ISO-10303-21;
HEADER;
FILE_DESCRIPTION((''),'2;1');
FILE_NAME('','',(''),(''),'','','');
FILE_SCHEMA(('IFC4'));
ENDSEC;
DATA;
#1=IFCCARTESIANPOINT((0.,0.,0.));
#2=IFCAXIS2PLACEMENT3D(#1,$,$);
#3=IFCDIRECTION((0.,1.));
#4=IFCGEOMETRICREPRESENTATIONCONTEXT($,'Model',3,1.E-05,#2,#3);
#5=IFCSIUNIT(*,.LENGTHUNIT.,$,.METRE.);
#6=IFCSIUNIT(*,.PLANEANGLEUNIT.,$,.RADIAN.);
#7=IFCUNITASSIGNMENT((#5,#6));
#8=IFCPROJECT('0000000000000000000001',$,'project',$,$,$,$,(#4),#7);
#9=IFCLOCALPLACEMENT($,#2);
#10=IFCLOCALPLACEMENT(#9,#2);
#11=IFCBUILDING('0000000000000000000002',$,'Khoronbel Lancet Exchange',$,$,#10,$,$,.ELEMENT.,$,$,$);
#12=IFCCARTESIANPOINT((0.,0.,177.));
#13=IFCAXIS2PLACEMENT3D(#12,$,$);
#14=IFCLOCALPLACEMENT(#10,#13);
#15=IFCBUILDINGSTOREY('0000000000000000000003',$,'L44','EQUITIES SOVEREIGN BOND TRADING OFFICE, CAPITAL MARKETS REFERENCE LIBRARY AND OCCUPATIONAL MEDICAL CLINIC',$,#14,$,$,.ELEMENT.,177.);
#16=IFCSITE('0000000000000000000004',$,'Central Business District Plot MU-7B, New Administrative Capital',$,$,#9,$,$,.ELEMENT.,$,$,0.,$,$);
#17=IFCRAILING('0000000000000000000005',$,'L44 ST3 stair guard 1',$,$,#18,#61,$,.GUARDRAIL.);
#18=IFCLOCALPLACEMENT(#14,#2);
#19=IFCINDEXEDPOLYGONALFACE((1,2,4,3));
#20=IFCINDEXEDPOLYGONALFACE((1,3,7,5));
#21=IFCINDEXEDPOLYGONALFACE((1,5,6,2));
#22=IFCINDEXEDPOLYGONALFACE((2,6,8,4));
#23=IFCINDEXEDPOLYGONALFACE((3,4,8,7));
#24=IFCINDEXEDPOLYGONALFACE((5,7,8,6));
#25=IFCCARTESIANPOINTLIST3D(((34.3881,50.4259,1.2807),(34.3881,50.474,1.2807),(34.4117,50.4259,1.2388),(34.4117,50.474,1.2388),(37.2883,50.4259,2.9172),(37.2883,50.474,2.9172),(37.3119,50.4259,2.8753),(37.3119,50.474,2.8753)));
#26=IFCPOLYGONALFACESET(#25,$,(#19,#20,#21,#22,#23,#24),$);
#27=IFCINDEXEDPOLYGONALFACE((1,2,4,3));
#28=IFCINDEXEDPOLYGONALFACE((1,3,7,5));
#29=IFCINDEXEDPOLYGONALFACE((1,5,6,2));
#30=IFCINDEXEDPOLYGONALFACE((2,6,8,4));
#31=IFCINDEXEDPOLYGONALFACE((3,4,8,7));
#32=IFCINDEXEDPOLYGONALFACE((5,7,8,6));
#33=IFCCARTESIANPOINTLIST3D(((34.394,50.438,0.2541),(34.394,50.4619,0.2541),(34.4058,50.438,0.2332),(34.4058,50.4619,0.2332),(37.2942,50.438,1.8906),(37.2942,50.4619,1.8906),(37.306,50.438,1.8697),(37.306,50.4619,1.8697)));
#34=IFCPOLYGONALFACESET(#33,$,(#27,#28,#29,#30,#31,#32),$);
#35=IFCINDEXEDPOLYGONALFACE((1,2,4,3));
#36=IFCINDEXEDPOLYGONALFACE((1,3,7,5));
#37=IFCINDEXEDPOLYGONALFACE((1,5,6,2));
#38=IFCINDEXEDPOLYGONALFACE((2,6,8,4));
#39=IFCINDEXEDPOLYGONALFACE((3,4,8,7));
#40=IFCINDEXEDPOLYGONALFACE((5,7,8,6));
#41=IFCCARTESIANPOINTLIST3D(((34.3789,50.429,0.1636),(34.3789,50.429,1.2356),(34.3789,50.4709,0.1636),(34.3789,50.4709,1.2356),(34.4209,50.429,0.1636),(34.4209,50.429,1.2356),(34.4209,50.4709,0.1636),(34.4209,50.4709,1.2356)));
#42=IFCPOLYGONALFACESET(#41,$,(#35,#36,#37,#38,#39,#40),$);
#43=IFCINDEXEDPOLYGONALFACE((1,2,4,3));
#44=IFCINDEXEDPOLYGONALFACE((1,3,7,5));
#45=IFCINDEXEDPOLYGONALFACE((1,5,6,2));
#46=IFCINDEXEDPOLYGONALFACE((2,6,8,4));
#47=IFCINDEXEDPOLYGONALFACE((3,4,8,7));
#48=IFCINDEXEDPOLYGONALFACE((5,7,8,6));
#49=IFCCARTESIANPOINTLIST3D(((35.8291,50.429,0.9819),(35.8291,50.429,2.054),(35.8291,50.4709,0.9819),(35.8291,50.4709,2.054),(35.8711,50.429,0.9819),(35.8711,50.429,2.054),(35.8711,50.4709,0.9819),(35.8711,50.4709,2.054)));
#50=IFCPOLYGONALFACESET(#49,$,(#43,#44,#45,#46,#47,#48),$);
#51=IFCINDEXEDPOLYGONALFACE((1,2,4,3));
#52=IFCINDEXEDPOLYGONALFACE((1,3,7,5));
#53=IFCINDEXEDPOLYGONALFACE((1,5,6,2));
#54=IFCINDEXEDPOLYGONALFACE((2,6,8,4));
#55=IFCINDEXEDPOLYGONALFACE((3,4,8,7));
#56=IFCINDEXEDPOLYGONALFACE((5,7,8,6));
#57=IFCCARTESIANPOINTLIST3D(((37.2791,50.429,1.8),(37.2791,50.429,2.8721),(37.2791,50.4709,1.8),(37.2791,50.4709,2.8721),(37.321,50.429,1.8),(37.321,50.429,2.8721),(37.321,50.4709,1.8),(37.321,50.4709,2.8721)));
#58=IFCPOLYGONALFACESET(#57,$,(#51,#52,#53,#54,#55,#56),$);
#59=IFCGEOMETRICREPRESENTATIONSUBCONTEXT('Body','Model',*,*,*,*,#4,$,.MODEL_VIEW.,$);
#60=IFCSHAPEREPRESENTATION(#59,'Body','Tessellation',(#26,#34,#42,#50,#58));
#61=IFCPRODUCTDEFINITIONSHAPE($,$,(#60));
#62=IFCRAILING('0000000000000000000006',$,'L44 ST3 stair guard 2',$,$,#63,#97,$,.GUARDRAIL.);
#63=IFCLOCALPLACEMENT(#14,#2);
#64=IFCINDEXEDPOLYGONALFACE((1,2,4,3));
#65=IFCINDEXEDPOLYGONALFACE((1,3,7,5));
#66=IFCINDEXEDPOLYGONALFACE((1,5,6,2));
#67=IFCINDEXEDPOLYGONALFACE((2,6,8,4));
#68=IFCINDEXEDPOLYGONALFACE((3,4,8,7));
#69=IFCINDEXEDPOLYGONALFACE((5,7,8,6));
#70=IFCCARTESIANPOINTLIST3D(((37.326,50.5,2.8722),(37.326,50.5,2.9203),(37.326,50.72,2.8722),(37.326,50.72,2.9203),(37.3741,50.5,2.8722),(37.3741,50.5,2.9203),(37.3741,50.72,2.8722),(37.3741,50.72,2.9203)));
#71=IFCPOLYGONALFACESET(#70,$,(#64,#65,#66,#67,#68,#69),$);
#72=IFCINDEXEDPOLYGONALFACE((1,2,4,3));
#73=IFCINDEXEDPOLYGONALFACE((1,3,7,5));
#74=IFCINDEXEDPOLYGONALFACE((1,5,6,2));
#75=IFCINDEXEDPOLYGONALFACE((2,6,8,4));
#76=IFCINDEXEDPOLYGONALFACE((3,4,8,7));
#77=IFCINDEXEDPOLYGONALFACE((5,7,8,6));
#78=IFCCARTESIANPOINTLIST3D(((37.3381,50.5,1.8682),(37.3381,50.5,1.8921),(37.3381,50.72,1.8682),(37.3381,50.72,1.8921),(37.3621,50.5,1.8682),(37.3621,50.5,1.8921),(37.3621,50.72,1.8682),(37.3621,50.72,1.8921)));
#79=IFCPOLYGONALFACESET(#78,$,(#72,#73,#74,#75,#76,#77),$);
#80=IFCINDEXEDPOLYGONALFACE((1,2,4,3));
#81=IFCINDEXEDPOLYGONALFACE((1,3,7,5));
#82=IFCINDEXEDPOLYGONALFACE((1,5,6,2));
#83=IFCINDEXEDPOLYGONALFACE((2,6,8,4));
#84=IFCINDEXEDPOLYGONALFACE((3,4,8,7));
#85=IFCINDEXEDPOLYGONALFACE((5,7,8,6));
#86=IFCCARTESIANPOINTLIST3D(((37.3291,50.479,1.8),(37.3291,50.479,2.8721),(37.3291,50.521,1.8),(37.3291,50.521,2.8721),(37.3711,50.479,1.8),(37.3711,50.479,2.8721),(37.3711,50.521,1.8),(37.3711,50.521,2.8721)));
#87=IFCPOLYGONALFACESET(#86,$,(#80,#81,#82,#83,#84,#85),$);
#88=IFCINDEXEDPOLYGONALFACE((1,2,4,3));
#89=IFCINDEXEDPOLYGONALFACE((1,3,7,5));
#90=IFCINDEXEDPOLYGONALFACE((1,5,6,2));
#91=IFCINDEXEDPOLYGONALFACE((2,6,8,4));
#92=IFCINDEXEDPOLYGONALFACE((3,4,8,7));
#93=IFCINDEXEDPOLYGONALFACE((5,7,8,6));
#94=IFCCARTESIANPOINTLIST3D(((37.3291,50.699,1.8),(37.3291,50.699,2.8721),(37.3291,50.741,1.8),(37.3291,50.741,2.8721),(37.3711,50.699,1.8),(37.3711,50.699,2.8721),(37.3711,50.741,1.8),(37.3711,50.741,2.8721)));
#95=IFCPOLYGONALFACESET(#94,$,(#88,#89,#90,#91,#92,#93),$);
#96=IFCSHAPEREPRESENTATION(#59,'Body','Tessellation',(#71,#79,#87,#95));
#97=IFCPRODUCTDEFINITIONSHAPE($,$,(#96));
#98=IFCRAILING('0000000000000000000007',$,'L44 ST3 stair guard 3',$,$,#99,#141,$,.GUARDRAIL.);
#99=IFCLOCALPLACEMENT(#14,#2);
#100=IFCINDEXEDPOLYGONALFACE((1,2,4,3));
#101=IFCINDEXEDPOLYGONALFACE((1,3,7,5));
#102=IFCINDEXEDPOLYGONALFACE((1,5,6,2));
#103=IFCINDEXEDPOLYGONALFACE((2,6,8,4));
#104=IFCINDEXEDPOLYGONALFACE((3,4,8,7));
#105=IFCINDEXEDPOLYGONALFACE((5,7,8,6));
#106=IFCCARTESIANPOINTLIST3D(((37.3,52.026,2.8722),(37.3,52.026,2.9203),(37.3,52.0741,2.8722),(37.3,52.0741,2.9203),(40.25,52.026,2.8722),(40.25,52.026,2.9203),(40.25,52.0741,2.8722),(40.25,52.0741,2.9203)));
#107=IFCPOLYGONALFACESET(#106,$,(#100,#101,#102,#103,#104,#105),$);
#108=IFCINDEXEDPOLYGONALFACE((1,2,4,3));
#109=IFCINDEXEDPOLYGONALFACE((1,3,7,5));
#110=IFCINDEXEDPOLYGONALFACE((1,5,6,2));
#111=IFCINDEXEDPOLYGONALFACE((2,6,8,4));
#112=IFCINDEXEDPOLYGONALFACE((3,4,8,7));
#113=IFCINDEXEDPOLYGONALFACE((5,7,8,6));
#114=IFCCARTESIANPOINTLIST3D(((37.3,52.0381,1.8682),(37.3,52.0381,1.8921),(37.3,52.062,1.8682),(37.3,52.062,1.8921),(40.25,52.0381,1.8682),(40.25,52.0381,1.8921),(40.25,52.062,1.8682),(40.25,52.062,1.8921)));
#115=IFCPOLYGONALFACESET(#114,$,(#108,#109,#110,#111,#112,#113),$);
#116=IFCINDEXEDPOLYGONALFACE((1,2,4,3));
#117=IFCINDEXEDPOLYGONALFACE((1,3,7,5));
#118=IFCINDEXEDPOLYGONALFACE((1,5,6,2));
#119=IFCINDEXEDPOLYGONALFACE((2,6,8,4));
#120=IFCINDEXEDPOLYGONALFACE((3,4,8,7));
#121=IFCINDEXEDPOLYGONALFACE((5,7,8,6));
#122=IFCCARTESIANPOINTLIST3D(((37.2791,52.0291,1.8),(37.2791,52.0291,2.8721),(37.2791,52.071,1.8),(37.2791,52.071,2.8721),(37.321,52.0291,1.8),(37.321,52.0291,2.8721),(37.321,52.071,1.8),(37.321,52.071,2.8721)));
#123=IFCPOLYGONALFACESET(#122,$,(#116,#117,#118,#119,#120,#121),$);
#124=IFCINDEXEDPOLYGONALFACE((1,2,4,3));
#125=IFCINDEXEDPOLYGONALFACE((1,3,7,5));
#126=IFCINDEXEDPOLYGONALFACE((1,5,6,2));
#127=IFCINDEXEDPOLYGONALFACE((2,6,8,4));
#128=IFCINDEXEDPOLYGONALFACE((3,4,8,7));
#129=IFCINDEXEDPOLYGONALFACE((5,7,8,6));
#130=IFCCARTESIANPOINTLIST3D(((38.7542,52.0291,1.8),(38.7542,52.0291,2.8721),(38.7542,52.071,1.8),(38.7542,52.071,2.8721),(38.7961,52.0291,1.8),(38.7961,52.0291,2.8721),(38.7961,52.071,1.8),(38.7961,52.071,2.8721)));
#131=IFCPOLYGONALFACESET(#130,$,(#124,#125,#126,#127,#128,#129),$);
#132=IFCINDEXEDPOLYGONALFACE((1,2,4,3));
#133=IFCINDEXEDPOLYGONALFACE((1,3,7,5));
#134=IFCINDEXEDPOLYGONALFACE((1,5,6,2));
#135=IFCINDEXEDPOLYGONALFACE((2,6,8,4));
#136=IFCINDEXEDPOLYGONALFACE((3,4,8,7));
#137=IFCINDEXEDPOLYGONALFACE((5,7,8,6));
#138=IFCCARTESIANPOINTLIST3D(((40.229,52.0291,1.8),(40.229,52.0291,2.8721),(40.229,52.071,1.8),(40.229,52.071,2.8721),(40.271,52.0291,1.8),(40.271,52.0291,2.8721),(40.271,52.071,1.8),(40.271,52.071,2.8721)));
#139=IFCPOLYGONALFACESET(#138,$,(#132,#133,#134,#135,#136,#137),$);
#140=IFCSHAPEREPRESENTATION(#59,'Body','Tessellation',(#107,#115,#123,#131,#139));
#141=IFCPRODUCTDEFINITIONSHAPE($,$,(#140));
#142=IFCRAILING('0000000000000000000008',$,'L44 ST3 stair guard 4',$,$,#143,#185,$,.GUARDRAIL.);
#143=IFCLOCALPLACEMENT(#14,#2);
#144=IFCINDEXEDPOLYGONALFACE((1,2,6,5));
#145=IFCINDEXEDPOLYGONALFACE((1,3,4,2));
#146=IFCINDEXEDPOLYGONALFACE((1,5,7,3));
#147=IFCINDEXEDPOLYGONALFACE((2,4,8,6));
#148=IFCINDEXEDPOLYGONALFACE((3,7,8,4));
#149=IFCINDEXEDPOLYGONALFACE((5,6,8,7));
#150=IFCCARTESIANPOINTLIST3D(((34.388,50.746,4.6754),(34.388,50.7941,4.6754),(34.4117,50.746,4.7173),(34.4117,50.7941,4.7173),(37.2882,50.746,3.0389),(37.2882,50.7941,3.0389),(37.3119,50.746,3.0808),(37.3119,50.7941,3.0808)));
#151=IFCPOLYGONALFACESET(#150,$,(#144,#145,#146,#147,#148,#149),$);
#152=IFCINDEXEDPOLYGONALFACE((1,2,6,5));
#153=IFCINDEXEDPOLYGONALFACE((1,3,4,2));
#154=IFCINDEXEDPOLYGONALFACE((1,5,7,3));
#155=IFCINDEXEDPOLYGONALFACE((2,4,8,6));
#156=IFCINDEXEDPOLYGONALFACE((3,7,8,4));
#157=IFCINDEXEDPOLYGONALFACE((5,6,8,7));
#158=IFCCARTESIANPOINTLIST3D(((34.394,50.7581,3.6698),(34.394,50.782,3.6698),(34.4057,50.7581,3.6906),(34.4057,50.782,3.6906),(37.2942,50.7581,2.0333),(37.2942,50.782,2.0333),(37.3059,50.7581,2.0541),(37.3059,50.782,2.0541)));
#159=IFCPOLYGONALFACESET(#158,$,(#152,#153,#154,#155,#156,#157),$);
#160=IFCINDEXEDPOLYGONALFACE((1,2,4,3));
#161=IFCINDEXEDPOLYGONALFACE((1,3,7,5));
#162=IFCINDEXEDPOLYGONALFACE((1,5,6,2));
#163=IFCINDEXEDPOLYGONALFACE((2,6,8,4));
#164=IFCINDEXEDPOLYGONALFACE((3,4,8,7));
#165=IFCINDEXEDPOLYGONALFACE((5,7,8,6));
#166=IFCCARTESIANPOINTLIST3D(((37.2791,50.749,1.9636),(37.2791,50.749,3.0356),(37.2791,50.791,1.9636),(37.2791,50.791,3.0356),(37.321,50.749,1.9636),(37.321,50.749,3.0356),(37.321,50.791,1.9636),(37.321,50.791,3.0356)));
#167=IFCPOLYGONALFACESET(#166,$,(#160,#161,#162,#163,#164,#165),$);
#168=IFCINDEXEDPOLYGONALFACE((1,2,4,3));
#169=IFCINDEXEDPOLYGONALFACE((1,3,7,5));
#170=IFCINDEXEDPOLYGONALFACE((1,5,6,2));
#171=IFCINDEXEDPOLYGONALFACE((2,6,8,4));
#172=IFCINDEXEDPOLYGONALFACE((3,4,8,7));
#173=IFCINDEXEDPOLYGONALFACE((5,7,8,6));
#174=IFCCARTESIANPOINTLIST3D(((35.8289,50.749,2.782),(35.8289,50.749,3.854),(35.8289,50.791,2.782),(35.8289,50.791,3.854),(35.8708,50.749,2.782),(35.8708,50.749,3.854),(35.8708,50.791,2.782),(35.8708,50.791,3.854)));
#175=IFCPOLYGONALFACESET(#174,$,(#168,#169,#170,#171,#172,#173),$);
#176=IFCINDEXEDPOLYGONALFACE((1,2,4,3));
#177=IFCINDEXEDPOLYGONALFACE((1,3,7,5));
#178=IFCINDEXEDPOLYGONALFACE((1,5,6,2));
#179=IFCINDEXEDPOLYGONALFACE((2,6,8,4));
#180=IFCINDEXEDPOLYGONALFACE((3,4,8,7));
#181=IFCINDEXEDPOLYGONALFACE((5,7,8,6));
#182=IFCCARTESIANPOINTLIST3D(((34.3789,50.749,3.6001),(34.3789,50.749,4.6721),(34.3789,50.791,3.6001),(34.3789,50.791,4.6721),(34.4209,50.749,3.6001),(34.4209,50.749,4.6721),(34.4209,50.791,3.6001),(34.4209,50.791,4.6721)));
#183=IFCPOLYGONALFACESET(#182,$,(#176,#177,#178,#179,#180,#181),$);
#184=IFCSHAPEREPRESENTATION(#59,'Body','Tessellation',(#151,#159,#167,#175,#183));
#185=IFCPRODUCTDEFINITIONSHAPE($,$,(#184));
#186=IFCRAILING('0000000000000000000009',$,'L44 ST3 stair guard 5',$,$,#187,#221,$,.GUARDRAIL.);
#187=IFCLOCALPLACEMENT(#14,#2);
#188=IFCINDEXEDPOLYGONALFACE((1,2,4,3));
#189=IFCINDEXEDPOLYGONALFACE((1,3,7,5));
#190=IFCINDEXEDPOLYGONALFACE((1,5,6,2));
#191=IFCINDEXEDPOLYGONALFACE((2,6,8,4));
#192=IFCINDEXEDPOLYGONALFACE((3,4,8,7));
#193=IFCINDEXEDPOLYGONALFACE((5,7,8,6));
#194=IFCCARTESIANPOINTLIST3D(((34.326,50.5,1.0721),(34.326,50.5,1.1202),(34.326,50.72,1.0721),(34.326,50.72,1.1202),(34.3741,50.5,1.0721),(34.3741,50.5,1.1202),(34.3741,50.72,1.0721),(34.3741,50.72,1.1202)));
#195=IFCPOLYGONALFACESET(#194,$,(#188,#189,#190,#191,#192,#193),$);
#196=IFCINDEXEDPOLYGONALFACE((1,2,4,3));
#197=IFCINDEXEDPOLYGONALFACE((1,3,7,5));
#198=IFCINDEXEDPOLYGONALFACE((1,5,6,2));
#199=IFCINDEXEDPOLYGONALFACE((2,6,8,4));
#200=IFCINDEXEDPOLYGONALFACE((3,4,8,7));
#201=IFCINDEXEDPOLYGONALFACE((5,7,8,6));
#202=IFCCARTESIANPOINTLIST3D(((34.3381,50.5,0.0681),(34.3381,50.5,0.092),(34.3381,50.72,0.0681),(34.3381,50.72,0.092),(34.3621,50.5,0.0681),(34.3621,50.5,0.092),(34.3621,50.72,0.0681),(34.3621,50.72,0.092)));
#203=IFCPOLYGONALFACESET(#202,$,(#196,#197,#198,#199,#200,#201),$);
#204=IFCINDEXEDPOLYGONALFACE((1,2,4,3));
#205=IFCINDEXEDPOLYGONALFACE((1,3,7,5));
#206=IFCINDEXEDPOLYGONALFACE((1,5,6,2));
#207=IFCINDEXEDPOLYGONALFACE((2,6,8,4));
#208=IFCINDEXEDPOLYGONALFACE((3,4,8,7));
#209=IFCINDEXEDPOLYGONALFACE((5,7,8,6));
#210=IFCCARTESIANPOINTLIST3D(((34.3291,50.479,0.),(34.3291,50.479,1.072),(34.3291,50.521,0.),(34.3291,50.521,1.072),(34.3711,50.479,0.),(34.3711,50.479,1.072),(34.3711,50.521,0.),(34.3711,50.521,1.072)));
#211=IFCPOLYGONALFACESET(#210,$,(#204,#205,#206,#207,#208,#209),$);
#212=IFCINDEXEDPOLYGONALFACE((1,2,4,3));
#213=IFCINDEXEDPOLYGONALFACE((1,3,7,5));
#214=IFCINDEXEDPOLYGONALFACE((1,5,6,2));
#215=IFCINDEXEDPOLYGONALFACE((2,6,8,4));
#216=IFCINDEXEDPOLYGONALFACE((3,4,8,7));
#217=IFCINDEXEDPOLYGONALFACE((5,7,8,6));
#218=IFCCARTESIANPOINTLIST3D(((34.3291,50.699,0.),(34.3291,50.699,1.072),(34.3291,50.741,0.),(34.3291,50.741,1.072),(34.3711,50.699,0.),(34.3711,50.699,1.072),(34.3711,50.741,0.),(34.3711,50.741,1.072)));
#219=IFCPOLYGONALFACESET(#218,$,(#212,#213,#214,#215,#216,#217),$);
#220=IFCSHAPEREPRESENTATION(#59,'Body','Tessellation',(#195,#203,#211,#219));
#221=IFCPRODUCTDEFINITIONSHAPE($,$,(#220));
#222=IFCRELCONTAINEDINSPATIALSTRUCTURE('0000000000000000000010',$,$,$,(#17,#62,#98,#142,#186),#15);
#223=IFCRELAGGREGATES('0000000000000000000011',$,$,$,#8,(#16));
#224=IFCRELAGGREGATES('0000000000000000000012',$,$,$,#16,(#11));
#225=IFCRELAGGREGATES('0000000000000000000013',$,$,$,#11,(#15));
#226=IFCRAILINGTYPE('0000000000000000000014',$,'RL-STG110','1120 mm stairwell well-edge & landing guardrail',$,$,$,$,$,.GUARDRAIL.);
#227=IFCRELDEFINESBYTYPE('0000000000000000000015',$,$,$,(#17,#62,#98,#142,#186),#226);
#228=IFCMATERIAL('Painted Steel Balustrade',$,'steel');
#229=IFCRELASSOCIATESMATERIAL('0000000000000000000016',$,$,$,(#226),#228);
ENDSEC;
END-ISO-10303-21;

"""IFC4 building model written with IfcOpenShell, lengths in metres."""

from ifc_helpers import new_model, si_unit, direction, frame, origin, origin_2d, place, context, subcontext, project, spatial, rectangle, extrude, material, type_object, element, save


model = new_model("IFC4")

# Units and contexts
model_context = context("Model", 3, precision=1e-05, world=origin(), true_north=direction((0.0, 1.0)))
body_context = subcontext(model_context, "Body", "Model", "MODEL_VIEW")
ifc_project = project(units=[si_unit("LENGTHUNIT", "METRE"), si_unit("PLANEANGLEUNIT", "RADIAN")], contexts=[model_context])

# Site, building, storey
site_placement = place(None, origin())
site = spatial("IfcSite", under=ifc_project, at=site_placement, Name="Central Business District Plot MU-7B, New Administrative Capital", CompositionType="ELEMENT", RefElevation=0.0)
building_placement = place(site_placement, origin())
building = spatial("IfcBuilding", under=site, at=building_placement, Name="Khoronbel Lancet Exchange", CompositionType="ELEMENT")
storey_placement = place(building_placement, frame((0.0, 0.0, 177.0)))
storey = spatial("IfcBuildingStorey", under=building, at=storey_placement, Name="L44", Description="EQUITIES SOVEREIGN BOND TRADING OFFICE, CAPITAL MARKETS REFERENCE LIBRARY AND OCCUPATIONAL MEDICAL CLINIC", CompositionType="ELEMENT", Elevation=177.0)

# Railings
ifc_material_1 = material(Name="Painted Steel Balustrade", Category="steel")
railing_type_1 = type_object("IfcRailingType", Name="RL-STG110", Description="1120 mm stairwell well-edge & landing guardrail", PredefinedType="GUARDRAIL", material=ifc_material_1)
railing_1_placement = place(storey_placement, frame((34.3999, 50.45, 0.1636)))
element("IfcRailing", 1, at=railing_1_placement, inside=storey, type_object=railing_type_1, Name="L44 ST3 stair guard 1", PredefinedType="GUARDRAIL", context=body_context, shape_type="SweptSolid", body=[
    extrude(rectangle(XDim=0.0481, YDim=0.0481, at=origin_2d()), frame((0.0, 0.0, 1.0962), z_axis=(0.870915, 0.0, 0.491434), x_axis=(0.0, 1.0, 0.0)), (0.0, 0.0, 1.0), 3.3301),
    extrude(rectangle(XDim=0.0239, YDim=0.0239, at=origin_2d()), frame((0.0, 0.0, 0.0801), z_axis=(0.870915, 0.0, 0.491434), x_axis=(0.0, 1.0, 0.0)), (0.0, 0.0, 1.0), 3.3301),
    extrude(rectangle(XDim=0.042, YDim=0.042, at=origin_2d()), origin(), (0.0, 0.0, 1.0), 1.072),
    extrude(rectangle(XDim=0.042, YDim=0.042, at=origin_2d()), frame((1.4502, 0.0, 0.8184)), (0.0, 0.0, 1.0), 1.072),
    extrude(rectangle(XDim=0.042, YDim=0.042, at=origin_2d()), frame((2.9001, 0.0, 1.6365)), (0.0, 0.0, 1.0), 1.072),
])
railing_2_placement = place(storey_placement, frame((37.3501, 50.5, 1.8)))
element("IfcRailing", 2, at=railing_2_placement, inside=storey, type_object=railing_type_1, Name="L44 ST3 stair guard 2", PredefinedType="GUARDRAIL", context=body_context, shape_type="SweptSolid", body=[
    extrude(rectangle(XDim=0.0481, YDim=0.0481, at=origin_2d()), frame((0.0, 0.0, 1.0962), z_axis=(0.0, 1.0, 0.0), x_axis=(-1.0, 0.0, 0.0)), (0.0, 0.0, 1.0), 0.22),
    extrude(rectangle(XDim=0.0239, YDim=0.0239, at=origin_2d()), frame((0.0, 0.0, 0.0801), z_axis=(0.0, 1.0, 0.0), x_axis=(-1.0, 0.0, 0.0)), (0.0, 0.0, 1.0), 0.22),
    extrude(rectangle(XDim=0.042, YDim=0.042, at=origin_2d()), origin(), (0.0, 0.0, 1.0), 1.072),
    extrude(rectangle(XDim=0.042, YDim=0.042, at=origin_2d()), frame((0.0, 0.22, 0.0)), (0.0, 0.0, 1.0), 1.072),
])
railing_3_placement = place(storey_placement, frame((37.3, 52.05, 1.8)))
element("IfcRailing", 3, at=railing_3_placement, inside=storey, type_object=railing_type_1, Name="L44 ST3 stair guard 3", PredefinedType="GUARDRAIL", context=body_context, shape_type="SweptSolid", body=[
    extrude(rectangle(XDim=0.0481, YDim=0.0481, at=origin_2d()), frame((0.0, 0.0, 1.0962), z_axis=(1.0, 0.0, 0.0), x_axis=(0.0, 1.0, 0.0)), (0.0, 0.0, 1.0), 2.95),
    extrude(rectangle(XDim=0.0239, YDim=0.0239, at=origin_2d()), frame((0.0, 0.0, 0.0801), z_axis=(1.0, 0.0, 0.0), x_axis=(0.0, 1.0, 0.0)), (0.0, 0.0, 1.0), 2.95),
    extrude(rectangle(XDim=0.042, YDim=0.042, at=origin_2d()), origin(), (0.0, 0.0, 1.0), 1.072),
    extrude(rectangle(XDim=0.042, YDim=0.042, at=origin_2d()), frame((1.4751, 0.0, 0.0)), (0.0, 0.0, 1.0), 1.072),
    extrude(rectangle(XDim=0.042, YDim=0.042, at=origin_2d()), frame((2.95, 0.0, 0.0)), (0.0, 0.0, 1.0), 1.072),
])
railing_4_placement = place(storey_placement, frame((37.3, 50.77, 1.9636)))
element("IfcRailing", 4, at=railing_4_placement, inside=storey, type_object=railing_type_1, Name="L44 ST3 stair guard 4", PredefinedType="GUARDRAIL", context=body_context, shape_type="SweptSolid", body=[
    extrude(rectangle(XDim=0.0481, YDim=0.0481, at=origin_2d()), frame((0.0, 0.0, 1.0962), z_axis=(-0.870915, 0.0, 0.491434), x_axis=(0.0, -1.0, 0.0)), (0.0, 0.0, 1.0), 3.3301),
    extrude(rectangle(XDim=0.0239, YDim=0.0239, at=origin_2d()), frame((0.0, 0.0, 0.0801), z_axis=(-0.870915, 0.0, 0.491434), x_axis=(0.0, -1.0, 0.0)), (0.0, 0.0, 1.0), 3.3301),
    extrude(rectangle(XDim=0.042, YDim=0.042, at=origin_2d()), origin(), (0.0, 0.0, 1.0), 1.072),
    extrude(rectangle(XDim=0.042, YDim=0.042, at=origin_2d()), frame((-1.4502, 0.0, 0.8184)), (0.0, 0.0, 1.0), 1.072),
    extrude(rectangle(XDim=0.042, YDim=0.042, at=origin_2d()), frame((-2.9001, 0.0, 1.6365)), (0.0, 0.0, 1.0), 1.072),
])
railing_5_placement = place(storey_placement, frame((34.3501, 50.5, 0.0)))
element("IfcRailing", 5, at=railing_5_placement, inside=storey, type_object=railing_type_1, Name="L44 ST3 stair guard 5", PredefinedType="GUARDRAIL", context=body_context, shape_type="SweptSolid", body=[
    extrude(rectangle(XDim=0.0481, YDim=0.0481, at=origin_2d()), frame((0.0, 0.0, 1.0962), z_axis=(0.0, 1.0, 0.0), x_axis=(-1.0, 0.0, 0.0)), (0.0, 0.0, 1.0), 0.22),
    extrude(rectangle(XDim=0.0239, YDim=0.0239, at=origin_2d()), frame((0.0, 0.0, 0.0801), z_axis=(0.0, 1.0, 0.0), x_axis=(-1.0, 0.0, 0.0)), (0.0, 0.0, 1.0), 0.22),
    extrude(rectangle(XDim=0.042, YDim=0.042, at=origin_2d()), origin(), (0.0, 0.0, 1.0), 1.072),
    extrude(rectangle(XDim=0.042, YDim=0.042, at=origin_2d()), frame((0.0, 0.22, 0.0)), (0.0, 0.0, 1.0), 1.072),
])

save(model, "model.ifc")
